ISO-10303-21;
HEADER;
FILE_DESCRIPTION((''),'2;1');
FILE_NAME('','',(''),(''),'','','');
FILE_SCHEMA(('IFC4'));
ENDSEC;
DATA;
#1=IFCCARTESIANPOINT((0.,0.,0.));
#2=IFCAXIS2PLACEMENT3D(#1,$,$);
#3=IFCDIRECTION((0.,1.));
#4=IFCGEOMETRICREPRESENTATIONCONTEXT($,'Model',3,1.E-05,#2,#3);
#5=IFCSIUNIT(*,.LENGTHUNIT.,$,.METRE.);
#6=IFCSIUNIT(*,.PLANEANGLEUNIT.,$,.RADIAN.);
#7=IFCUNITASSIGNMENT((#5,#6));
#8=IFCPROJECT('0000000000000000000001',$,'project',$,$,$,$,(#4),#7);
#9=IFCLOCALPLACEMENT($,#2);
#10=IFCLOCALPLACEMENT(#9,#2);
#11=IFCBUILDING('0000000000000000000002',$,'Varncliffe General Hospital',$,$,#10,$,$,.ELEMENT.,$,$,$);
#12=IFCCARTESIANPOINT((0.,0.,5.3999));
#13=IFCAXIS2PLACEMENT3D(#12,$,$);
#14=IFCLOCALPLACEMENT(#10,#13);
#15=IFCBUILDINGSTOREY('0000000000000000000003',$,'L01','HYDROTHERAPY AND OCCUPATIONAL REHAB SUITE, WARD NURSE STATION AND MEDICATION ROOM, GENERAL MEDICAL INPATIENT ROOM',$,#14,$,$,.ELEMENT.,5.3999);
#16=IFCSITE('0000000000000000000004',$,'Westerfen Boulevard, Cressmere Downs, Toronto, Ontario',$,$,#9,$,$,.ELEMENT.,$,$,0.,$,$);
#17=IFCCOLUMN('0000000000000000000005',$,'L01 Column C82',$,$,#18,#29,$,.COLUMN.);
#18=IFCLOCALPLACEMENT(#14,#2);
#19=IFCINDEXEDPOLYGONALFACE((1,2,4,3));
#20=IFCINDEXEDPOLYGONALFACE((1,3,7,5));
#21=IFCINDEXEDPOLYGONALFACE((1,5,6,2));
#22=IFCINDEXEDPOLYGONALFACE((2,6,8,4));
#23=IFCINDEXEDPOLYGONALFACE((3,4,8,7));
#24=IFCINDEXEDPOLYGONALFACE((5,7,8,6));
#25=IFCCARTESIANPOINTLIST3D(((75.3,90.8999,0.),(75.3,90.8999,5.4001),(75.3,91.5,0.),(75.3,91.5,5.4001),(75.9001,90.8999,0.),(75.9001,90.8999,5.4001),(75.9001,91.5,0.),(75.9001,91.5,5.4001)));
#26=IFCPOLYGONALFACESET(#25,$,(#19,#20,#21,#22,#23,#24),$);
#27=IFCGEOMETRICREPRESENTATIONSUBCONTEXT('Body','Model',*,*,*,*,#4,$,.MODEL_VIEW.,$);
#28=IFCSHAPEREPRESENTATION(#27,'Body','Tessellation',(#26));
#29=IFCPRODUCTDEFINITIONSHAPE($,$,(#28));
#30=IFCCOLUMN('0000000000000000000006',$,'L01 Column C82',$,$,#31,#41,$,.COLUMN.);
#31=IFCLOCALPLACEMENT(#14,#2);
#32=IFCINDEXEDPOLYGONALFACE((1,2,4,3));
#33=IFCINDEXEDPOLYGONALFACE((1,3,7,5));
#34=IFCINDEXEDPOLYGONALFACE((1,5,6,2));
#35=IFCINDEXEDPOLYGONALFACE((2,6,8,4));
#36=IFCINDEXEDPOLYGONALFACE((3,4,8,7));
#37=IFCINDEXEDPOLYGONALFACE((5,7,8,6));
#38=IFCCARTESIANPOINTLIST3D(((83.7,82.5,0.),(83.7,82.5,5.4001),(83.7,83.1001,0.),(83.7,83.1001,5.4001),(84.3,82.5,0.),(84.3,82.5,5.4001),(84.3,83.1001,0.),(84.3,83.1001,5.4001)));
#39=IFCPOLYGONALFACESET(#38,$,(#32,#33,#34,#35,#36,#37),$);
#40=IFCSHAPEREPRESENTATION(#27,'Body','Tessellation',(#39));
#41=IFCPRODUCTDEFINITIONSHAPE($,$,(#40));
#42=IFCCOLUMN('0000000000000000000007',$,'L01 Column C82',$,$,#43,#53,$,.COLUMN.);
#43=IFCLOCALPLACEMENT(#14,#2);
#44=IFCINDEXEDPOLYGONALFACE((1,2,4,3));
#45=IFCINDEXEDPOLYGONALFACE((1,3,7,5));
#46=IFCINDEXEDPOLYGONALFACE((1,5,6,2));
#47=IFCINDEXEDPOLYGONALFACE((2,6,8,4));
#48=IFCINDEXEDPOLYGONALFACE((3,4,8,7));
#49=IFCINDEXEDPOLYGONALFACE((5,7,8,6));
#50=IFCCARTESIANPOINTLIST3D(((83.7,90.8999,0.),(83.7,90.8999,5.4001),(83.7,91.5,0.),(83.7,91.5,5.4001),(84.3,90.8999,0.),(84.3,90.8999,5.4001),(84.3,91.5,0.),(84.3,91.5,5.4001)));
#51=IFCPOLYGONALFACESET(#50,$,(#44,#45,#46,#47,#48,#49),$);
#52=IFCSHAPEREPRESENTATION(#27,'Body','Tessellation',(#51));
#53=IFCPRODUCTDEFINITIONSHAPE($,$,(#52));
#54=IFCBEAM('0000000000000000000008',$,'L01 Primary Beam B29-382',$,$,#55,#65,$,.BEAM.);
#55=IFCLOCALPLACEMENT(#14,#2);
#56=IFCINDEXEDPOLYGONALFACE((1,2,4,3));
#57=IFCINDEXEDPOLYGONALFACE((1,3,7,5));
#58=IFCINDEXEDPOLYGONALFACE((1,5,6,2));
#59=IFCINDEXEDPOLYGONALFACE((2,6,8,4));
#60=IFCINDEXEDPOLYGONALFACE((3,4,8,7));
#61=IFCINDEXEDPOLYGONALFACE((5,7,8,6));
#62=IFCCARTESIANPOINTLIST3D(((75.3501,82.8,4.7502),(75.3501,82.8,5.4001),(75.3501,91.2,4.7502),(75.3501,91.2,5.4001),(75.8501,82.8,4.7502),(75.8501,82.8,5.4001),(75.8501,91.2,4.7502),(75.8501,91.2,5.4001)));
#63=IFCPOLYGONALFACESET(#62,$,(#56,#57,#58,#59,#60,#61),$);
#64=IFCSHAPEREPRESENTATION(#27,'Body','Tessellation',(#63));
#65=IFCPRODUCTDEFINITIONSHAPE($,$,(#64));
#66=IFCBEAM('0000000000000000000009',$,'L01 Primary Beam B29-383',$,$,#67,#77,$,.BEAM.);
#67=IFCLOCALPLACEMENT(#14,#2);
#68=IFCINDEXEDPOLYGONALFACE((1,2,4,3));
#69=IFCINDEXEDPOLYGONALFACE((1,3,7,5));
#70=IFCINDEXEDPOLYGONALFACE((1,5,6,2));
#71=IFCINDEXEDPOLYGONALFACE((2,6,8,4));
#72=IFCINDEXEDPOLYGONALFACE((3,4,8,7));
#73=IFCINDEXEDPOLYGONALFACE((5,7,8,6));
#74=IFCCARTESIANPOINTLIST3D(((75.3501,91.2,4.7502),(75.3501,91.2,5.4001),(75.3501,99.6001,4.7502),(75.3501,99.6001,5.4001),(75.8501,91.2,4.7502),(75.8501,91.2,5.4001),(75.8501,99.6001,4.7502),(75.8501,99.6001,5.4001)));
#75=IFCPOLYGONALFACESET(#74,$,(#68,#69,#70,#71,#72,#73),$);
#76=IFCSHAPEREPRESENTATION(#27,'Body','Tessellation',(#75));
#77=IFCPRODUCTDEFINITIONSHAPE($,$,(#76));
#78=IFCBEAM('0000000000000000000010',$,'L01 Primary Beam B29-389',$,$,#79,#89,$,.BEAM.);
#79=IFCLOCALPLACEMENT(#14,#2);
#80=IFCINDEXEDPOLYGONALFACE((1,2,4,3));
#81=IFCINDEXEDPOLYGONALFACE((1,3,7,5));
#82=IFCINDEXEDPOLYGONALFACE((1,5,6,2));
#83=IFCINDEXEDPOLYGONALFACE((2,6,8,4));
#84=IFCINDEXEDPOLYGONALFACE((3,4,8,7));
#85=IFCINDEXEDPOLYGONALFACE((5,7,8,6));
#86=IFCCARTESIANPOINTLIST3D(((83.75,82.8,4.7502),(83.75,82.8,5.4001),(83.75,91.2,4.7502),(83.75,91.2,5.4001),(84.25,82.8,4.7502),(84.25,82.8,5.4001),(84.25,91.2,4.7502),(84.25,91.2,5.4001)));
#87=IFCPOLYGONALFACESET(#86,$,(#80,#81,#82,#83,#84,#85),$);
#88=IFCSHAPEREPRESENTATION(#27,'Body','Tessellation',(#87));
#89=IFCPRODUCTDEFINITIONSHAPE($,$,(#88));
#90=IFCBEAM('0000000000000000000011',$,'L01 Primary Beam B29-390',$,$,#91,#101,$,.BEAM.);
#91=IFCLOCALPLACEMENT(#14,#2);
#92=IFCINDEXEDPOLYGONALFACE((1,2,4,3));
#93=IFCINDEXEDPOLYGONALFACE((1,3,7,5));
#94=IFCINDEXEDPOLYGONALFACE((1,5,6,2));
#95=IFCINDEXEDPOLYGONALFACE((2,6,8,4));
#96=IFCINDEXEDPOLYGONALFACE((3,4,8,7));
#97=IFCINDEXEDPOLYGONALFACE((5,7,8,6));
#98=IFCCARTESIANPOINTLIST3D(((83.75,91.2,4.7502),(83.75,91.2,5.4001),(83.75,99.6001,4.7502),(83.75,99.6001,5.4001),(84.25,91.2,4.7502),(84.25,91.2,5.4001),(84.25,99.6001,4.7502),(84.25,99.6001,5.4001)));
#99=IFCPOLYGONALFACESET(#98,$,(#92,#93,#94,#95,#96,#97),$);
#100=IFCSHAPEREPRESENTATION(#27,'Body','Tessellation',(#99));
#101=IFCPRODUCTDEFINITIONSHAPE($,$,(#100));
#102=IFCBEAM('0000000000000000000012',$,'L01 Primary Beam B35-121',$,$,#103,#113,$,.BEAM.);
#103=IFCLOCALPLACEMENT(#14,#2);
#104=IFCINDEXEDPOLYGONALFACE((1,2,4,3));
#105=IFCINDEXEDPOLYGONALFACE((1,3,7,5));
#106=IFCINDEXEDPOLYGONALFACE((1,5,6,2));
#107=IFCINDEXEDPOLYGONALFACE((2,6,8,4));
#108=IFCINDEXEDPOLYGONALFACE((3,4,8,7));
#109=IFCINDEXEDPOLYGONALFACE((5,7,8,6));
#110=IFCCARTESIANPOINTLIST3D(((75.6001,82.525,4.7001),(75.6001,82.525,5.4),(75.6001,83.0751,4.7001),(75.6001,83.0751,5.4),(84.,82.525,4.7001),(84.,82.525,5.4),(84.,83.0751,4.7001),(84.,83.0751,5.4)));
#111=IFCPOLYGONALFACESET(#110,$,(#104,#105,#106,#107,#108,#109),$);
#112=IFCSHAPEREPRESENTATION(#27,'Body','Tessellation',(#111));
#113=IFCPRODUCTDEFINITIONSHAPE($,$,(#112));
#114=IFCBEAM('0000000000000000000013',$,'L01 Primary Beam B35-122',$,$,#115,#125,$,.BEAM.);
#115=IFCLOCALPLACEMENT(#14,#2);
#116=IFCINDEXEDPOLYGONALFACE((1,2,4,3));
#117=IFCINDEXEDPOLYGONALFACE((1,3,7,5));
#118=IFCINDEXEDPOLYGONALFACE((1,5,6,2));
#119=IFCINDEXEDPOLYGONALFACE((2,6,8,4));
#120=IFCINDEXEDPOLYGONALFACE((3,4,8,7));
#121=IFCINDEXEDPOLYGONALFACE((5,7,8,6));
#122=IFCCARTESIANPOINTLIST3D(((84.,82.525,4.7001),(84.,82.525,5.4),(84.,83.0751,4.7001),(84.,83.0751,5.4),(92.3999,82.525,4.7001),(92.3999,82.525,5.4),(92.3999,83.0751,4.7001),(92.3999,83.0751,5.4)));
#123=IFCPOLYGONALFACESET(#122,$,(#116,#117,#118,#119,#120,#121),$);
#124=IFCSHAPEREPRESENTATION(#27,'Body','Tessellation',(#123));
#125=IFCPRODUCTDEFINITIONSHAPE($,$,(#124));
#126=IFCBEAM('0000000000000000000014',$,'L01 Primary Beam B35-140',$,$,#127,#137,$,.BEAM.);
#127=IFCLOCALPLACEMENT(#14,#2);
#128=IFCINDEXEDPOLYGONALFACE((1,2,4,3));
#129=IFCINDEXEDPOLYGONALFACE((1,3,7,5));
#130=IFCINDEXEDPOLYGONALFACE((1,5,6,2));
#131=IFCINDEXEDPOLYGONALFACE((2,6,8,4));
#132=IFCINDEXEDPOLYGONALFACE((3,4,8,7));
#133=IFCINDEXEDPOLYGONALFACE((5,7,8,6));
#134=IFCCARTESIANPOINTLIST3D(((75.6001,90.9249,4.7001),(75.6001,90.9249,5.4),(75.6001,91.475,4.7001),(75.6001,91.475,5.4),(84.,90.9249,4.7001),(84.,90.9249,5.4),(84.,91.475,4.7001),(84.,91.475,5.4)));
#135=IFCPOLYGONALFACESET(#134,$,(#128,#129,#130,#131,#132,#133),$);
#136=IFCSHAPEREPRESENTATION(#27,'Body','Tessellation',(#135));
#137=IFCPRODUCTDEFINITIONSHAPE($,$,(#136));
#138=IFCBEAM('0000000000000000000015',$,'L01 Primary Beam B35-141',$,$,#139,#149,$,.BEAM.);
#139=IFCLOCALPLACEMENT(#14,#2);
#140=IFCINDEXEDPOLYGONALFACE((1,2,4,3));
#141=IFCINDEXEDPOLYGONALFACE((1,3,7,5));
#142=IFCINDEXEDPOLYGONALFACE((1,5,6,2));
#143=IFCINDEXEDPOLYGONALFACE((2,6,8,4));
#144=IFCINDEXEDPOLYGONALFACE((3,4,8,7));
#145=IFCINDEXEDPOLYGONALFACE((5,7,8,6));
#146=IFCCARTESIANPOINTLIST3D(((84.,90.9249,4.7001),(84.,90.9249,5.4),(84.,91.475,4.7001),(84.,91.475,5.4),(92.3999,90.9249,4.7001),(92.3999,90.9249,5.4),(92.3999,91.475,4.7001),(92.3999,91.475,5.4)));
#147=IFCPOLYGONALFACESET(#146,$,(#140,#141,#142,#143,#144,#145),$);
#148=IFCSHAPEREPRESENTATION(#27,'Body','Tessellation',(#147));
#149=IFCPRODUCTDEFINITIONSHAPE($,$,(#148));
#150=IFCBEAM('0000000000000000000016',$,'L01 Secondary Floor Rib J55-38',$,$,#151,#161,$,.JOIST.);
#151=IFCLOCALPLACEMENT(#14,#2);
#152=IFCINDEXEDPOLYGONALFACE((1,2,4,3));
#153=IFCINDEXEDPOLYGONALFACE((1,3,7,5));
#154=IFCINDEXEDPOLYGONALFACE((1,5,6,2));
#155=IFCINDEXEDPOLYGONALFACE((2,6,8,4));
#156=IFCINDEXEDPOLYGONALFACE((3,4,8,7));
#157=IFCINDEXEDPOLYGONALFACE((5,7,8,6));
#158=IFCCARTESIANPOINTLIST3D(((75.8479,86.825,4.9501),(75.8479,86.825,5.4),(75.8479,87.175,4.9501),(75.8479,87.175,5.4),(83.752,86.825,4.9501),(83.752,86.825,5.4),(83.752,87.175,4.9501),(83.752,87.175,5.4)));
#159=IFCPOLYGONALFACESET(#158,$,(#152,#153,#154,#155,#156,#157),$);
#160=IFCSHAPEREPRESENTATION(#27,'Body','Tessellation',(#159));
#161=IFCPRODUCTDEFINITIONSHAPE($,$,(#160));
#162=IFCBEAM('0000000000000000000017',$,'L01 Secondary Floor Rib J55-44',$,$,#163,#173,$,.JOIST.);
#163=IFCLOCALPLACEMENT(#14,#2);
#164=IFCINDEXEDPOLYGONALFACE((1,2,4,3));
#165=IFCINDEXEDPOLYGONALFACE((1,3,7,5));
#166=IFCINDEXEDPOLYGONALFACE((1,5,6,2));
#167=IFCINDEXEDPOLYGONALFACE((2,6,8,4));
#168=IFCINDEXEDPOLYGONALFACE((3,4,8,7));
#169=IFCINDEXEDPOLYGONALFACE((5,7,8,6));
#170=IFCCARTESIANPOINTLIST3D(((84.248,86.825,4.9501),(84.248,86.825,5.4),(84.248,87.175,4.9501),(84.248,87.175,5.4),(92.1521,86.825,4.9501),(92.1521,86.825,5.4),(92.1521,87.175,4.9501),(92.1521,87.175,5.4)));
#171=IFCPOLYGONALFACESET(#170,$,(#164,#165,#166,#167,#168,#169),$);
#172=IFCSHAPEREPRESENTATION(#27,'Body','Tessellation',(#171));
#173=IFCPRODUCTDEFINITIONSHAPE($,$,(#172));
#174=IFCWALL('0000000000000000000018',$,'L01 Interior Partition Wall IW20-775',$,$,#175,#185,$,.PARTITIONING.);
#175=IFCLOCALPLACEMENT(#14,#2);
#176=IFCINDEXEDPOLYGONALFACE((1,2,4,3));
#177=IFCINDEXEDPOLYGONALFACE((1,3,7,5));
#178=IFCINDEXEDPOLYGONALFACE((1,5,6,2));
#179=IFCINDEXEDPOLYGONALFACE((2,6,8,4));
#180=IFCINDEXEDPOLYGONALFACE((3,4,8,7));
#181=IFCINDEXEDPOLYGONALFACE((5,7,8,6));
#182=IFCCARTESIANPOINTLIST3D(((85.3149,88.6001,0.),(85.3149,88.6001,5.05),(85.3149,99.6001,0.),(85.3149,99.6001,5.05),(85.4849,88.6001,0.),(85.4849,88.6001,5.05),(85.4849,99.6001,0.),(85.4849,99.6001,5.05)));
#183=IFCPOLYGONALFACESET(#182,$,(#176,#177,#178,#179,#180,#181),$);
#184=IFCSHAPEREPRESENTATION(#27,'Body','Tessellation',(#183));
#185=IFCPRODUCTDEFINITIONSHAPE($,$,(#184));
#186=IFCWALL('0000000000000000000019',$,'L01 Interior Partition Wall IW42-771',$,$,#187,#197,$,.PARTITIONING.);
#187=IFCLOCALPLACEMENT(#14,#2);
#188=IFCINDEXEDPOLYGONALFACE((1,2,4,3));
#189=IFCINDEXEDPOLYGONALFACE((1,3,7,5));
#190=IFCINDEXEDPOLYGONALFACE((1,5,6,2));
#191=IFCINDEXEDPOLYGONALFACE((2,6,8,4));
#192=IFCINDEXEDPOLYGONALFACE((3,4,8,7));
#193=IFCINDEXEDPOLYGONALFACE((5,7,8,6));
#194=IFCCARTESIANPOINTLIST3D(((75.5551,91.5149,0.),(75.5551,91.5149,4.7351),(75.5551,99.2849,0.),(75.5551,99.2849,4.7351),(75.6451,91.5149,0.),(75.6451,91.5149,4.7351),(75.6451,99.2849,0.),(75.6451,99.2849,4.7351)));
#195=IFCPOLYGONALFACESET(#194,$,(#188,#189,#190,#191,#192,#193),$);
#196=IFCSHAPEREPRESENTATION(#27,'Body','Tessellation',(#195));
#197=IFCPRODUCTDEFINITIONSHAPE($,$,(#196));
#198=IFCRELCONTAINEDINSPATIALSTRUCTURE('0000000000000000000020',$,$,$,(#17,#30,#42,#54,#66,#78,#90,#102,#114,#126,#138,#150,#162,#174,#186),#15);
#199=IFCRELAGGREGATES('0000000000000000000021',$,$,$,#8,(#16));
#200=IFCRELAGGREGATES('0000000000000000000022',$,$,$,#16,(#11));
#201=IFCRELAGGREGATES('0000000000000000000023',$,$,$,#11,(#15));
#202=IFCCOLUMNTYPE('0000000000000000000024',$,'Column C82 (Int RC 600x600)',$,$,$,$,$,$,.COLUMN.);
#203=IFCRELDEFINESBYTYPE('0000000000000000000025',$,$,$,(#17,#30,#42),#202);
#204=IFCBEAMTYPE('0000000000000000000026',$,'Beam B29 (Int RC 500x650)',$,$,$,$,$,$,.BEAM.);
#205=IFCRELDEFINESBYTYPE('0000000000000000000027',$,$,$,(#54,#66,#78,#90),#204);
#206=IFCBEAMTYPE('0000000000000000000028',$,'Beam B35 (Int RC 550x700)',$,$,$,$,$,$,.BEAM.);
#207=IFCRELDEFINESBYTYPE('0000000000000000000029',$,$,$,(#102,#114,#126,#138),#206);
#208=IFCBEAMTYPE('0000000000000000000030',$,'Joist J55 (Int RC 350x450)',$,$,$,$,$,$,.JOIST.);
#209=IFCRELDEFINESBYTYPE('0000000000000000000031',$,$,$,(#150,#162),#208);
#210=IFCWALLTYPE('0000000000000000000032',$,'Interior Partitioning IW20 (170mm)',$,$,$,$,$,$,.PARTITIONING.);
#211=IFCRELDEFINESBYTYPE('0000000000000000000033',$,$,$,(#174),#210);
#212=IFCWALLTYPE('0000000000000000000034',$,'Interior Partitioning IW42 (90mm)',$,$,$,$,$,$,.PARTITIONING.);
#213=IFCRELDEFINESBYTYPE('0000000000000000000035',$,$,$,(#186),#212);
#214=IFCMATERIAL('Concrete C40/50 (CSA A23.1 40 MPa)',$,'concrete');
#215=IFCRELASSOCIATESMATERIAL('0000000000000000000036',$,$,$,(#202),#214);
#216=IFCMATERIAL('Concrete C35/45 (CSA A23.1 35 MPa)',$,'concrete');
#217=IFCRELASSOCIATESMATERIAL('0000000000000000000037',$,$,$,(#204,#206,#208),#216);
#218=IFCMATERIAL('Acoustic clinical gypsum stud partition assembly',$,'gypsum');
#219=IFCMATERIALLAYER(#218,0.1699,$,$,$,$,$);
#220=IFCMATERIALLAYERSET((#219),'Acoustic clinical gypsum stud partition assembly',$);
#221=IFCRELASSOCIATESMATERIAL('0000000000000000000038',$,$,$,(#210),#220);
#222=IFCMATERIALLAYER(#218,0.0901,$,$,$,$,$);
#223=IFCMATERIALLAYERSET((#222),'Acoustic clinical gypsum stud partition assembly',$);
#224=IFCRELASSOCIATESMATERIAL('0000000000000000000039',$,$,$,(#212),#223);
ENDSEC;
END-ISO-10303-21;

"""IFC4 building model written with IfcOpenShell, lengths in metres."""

from ifc_helpers import new_model, si_unit, direction, frame, frame_2d, origin, origin_2d, place, context, subcontext, project, spatial, rectangle, extrude, material, layer, layer_set, material_profile, profile_set, type_object, element, save


model = new_model("IFC4")

# Units and contexts
model_context = context("Model", 3, precision=1e-05, world=origin(), true_north=direction((0.0, 1.0)))
body_context = subcontext(model_context, "Body", "Model", "MODEL_VIEW")
ifc_project = project(units=[si_unit("LENGTHUNIT", "METRE"), si_unit("PLANEANGLEUNIT", "RADIAN")], contexts=[model_context])

# Site, building, storey
site_placement = place(None, origin())
site = spatial("IfcSite", under=ifc_project, at=site_placement, Name="Westerfen Boulevard, Cressmere Downs, Toronto, Ontario", CompositionType="ELEMENT", RefElevation=0.0)
building_placement = place(site_placement, origin())
building = spatial("IfcBuilding", under=site, at=building_placement, Name="Varncliffe General Hospital", CompositionType="ELEMENT")
storey_placement = place(building_placement, frame((0.0, 0.0, 5.3999)))
storey = spatial("IfcBuildingStorey", under=building, at=storey_placement, Name="L01", Description="HYDROTHERAPY AND OCCUPATIONAL REHAB SUITE, WARD NURSE STATION AND MEDICATION ROOM, GENERAL MEDICAL INPATIENT ROOM", CompositionType="ELEMENT", Elevation=5.3999)

# Columns
ifc_material_1 = material(Name="Concrete C40/50 (CSA A23.1 40 MPa)", Category="concrete")
ifc_material_profile_1 = material_profile(ifc_material_1, rectangle(XDim=0.6001, YDim=0.6001, at=origin_2d()), Name="RC 600x600")
ifc_profile_set_1 = profile_set([ifc_material_profile_1], Name="Concrete C40/50 (CSA A23.1 40 MPa)")
column_type = type_object("IfcColumnType", Name="Column C82 (Int RC 600x600)", PredefinedType="COLUMN", material=ifc_profile_set_1)
for number, where, z_axis, x_axis, name in (
    (1, (75.6001, 91.2, 0.0), (0.0, 0.0, 1.0), (1.0, 0.0, 0.0), "L01 Column C82"),
    (2, (84.0, 82.8, 0.0), (0.0, 0.0, 1.0), (1.0, 0.0, 0.0), "L01 Column C82"),
    (3, (84.0, 91.2, 0.0), (0.0, 0.0, 1.0), (1.0, 0.0, 0.0), "L01 Column C82"),
):
    element("IfcColumn", number, at=place(storey_placement, frame(where, z_axis=z_axis, x_axis=x_axis)), inside=storey, type_object=column_type, Name=name, PredefinedType="COLUMN", context=body_context, shape_type="SweptSolid", body=[
        extrude(rectangle(XDim=0.6001, YDim=0.6001, at=origin_2d()), origin(), (0.0, 0.0, 1.0), 5.4001),
    ])

# Beams
ifc_material_2 = material(Name="Concrete C35/45 (CSA A23.1 35 MPa)", Category="concrete")
ifc_material_profile_2 = material_profile(ifc_material_2, rectangle(XDim=0.5, YDim=0.6499, at=origin_2d()), Name="RC 500x650")
ifc_profile_set_2 = profile_set([ifc_material_profile_2], Name="Concrete C35/45 (CSA A23.1 35 MPa)")
beam_type_1 = type_object("IfcBeamType", Name="Beam B29 (Int RC 500x650)", PredefinedType="BEAM", material=ifc_profile_set_2)
beam_1_placement = place(storey_placement, frame((75.6001, 82.8, 5.0752), z_axis=(0.0, 1.0, 0.0), x_axis=(-1.0, 0.0, 0.0)))
element("IfcBeam", 4, at=beam_1_placement, inside=storey, type_object=beam_type_1, Name="L01 Primary Beam B29-382", PredefinedType="BEAM", context=body_context, shape_type="SweptSolid", body=[
    extrude(rectangle(XDim=0.5, YDim=0.6499, at=origin_2d()), origin(), (0.0, 0.0, 1.0), 8.3999),
])
beam_2_placement = place(storey_placement, frame((75.6001, 91.2, 5.0752), z_axis=(0.0, 1.0, 0.0), x_axis=(-1.0, 0.0, 0.0)))
element("IfcBeam", 5, at=beam_2_placement, inside=storey, type_object=beam_type_1, Name="L01 Primary Beam B29-383", PredefinedType="BEAM", context=body_context, shape_type="SweptSolid", body=[
    extrude(rectangle(XDim=0.5, YDim=0.6499, at=origin_2d()), origin(), (0.0, 0.0, 1.0), 8.4001),
])
beam_3_placement = place(storey_placement, frame((84.0, 82.8, 5.0752), z_axis=(0.0, 1.0, 0.0), x_axis=(-1.0, 0.0, 0.0)))
element("IfcBeam", 6, at=beam_3_placement, inside=storey, type_object=beam_type_1, Name="L01 Primary Beam B29-389", PredefinedType="BEAM", context=body_context, shape_type="SweptSolid", body=[
    extrude(rectangle(XDim=0.5, YDim=0.6499, at=origin_2d()), origin(), (0.0, 0.0, 1.0), 8.3999),
])
beam_4_placement = place(storey_placement, frame((84.0, 91.2, 5.0752), z_axis=(0.0, 1.0, 0.0), x_axis=(-1.0, 0.0, 0.0)))
element("IfcBeam", 7, at=beam_4_placement, inside=storey, type_object=beam_type_1, Name="L01 Primary Beam B29-390", PredefinedType="BEAM", context=body_context, shape_type="SweptSolid", body=[
    extrude(rectangle(XDim=0.5, YDim=0.6499, at=origin_2d()), origin(), (0.0, 0.0, 1.0), 8.4001),
])
ifc_material_profile_3 = material_profile(ifc_material_2, rectangle(XDim=0.55, YDim=0.7, at=origin_2d()), Name="RC 550x700")
ifc_profile_set_3 = profile_set([ifc_material_profile_3], Name="Concrete C35/45 (CSA A23.1 35 MPa)")
beam_type_2 = type_object("IfcBeamType", Name="Beam B35 (Int RC 550x700)", PredefinedType="BEAM", material=ifc_profile_set_3)
for number, where, z_axis, x_axis, name in (
    (8, (75.6001, 82.8, 5.05), (1.0, 0.0, 0.0), (0.0, 1.0, 0.0), "L01 Primary Beam B35-121"),
    (9, (84.0, 82.8, 5.05), (1.0, 0.0, 0.0), (0.0, 1.0, 0.0), "L01 Primary Beam B35-122"),
    (10, (75.6001, 91.2, 5.05), (1.0, 0.0, 0.0), (0.0, 1.0, 0.0), "L01 Primary Beam B35-140"),
    (11, (84.0, 91.2, 5.05), (1.0, 0.0, 0.0), (0.0, 1.0, 0.0), "L01 Primary Beam B35-141"),
):
    element("IfcBeam", number, at=place(storey_placement, frame(where, z_axis=z_axis, x_axis=x_axis)), inside=storey, type_object=beam_type_2, Name=name, PredefinedType="BEAM", context=body_context, shape_type="SweptSolid", body=[
        extrude(rectangle(XDim=0.55, YDim=0.7, at=origin_2d()), origin(), (0.0, 0.0, 1.0), 8.3999),
    ])
ifc_material_profile_4 = material_profile(ifc_material_2, rectangle(XDim=0.3501, YDim=0.45, at=origin_2d()), Name="RC 350x450")
ifc_profile_set_4 = profile_set([ifc_material_profile_4], Name="Concrete C35/45 (CSA A23.1 35 MPa)")
beam_type_3 = type_object("IfcBeamType", Name="Joist J55 (Int RC 350x450)", PredefinedType="JOIST", material=ifc_profile_set_4)
for number, where, z_axis, x_axis, name in (
    (12, (75.8479, 87.0, 5.175), (1.0, 0.0, 0.0), (0.0, 1.0, 0.0), "L01 Secondary Floor Rib J55-38"),
    (13, (84.248, 87.0, 5.175), (1.0, 0.0, 0.0), (0.0, 1.0, 0.0), "L01 Secondary Floor Rib J55-44"),
):
    element("IfcBeam", number, at=place(storey_placement, frame(where, z_axis=z_axis, x_axis=x_axis)), inside=storey, type_object=beam_type_3, Name=name, PredefinedType="JOIST", context=body_context, shape_type="SweptSolid", body=[
        extrude(rectangle(XDim=0.3501, YDim=0.45, at=origin_2d()), origin(), (0.0, 0.0, 1.0), 7.9041),
    ])

# Walls
ifc_material_3 = material(Name="Acoustic clinical gypsum stud partition assembly", Category="gypsum")
ifc_layer_1 = layer(ifc_material_3, 0.1699)
ifc_layer_set_1 = layer_set([ifc_layer_1], Name="Acoustic clinical gypsum stud partition assembly")
wall_type_1 = type_object("IfcWallType", Name="Interior Partitioning IW20 (170mm)", PredefinedType="PARTITIONING", material=ifc_layer_set_1)
wall_1_placement = place(storey_placement, frame((85.3999, 88.6001, 0.0), z_axis=(0.0, 0.0, 1.0), x_axis=(0.0, 1.0, 0.0)))
element("IfcWall", 14, at=wall_1_placement, inside=storey, type_object=wall_type_1, Name="L01 Interior Partition Wall IW20-775", PredefinedType="PARTITIONING", context=body_context, shape_type="SweptSolid", body=[
    extrude(rectangle(XDim=11.0, YDim=0.1699, at=frame_2d((5.5, 0.0))), origin(), (0.0, 0.0, 1.0), 5.05),
])
ifc_layer_2 = layer(ifc_material_3, 0.0901)
ifc_layer_set_2 = layer_set([ifc_layer_2], Name="Acoustic clinical gypsum stud partition assembly")
wall_type_2 = type_object("IfcWallType", Name="Interior Partitioning IW42 (90mm)", PredefinedType="PARTITIONING", material=ifc_layer_set_2)
wall_2_placement = place(storey_placement, frame((75.6001, 91.5149, 0.0), z_axis=(0.0, 0.0, 1.0), x_axis=(0.0, 1.0, 0.0)))
element("IfcWall", 15, at=wall_2_placement, inside=storey, type_object=wall_type_2, Name="L01 Interior Partition Wall IW42-771", PredefinedType="PARTITIONING", context=body_context, shape_type="SweptSolid", body=[
    extrude(rectangle(XDim=7.77, YDim=0.0901, at=frame_2d((3.885, 0.0))), origin(), (0.0, 0.0, 1.0), 4.7351),
])

save(model, "model.ifc")
